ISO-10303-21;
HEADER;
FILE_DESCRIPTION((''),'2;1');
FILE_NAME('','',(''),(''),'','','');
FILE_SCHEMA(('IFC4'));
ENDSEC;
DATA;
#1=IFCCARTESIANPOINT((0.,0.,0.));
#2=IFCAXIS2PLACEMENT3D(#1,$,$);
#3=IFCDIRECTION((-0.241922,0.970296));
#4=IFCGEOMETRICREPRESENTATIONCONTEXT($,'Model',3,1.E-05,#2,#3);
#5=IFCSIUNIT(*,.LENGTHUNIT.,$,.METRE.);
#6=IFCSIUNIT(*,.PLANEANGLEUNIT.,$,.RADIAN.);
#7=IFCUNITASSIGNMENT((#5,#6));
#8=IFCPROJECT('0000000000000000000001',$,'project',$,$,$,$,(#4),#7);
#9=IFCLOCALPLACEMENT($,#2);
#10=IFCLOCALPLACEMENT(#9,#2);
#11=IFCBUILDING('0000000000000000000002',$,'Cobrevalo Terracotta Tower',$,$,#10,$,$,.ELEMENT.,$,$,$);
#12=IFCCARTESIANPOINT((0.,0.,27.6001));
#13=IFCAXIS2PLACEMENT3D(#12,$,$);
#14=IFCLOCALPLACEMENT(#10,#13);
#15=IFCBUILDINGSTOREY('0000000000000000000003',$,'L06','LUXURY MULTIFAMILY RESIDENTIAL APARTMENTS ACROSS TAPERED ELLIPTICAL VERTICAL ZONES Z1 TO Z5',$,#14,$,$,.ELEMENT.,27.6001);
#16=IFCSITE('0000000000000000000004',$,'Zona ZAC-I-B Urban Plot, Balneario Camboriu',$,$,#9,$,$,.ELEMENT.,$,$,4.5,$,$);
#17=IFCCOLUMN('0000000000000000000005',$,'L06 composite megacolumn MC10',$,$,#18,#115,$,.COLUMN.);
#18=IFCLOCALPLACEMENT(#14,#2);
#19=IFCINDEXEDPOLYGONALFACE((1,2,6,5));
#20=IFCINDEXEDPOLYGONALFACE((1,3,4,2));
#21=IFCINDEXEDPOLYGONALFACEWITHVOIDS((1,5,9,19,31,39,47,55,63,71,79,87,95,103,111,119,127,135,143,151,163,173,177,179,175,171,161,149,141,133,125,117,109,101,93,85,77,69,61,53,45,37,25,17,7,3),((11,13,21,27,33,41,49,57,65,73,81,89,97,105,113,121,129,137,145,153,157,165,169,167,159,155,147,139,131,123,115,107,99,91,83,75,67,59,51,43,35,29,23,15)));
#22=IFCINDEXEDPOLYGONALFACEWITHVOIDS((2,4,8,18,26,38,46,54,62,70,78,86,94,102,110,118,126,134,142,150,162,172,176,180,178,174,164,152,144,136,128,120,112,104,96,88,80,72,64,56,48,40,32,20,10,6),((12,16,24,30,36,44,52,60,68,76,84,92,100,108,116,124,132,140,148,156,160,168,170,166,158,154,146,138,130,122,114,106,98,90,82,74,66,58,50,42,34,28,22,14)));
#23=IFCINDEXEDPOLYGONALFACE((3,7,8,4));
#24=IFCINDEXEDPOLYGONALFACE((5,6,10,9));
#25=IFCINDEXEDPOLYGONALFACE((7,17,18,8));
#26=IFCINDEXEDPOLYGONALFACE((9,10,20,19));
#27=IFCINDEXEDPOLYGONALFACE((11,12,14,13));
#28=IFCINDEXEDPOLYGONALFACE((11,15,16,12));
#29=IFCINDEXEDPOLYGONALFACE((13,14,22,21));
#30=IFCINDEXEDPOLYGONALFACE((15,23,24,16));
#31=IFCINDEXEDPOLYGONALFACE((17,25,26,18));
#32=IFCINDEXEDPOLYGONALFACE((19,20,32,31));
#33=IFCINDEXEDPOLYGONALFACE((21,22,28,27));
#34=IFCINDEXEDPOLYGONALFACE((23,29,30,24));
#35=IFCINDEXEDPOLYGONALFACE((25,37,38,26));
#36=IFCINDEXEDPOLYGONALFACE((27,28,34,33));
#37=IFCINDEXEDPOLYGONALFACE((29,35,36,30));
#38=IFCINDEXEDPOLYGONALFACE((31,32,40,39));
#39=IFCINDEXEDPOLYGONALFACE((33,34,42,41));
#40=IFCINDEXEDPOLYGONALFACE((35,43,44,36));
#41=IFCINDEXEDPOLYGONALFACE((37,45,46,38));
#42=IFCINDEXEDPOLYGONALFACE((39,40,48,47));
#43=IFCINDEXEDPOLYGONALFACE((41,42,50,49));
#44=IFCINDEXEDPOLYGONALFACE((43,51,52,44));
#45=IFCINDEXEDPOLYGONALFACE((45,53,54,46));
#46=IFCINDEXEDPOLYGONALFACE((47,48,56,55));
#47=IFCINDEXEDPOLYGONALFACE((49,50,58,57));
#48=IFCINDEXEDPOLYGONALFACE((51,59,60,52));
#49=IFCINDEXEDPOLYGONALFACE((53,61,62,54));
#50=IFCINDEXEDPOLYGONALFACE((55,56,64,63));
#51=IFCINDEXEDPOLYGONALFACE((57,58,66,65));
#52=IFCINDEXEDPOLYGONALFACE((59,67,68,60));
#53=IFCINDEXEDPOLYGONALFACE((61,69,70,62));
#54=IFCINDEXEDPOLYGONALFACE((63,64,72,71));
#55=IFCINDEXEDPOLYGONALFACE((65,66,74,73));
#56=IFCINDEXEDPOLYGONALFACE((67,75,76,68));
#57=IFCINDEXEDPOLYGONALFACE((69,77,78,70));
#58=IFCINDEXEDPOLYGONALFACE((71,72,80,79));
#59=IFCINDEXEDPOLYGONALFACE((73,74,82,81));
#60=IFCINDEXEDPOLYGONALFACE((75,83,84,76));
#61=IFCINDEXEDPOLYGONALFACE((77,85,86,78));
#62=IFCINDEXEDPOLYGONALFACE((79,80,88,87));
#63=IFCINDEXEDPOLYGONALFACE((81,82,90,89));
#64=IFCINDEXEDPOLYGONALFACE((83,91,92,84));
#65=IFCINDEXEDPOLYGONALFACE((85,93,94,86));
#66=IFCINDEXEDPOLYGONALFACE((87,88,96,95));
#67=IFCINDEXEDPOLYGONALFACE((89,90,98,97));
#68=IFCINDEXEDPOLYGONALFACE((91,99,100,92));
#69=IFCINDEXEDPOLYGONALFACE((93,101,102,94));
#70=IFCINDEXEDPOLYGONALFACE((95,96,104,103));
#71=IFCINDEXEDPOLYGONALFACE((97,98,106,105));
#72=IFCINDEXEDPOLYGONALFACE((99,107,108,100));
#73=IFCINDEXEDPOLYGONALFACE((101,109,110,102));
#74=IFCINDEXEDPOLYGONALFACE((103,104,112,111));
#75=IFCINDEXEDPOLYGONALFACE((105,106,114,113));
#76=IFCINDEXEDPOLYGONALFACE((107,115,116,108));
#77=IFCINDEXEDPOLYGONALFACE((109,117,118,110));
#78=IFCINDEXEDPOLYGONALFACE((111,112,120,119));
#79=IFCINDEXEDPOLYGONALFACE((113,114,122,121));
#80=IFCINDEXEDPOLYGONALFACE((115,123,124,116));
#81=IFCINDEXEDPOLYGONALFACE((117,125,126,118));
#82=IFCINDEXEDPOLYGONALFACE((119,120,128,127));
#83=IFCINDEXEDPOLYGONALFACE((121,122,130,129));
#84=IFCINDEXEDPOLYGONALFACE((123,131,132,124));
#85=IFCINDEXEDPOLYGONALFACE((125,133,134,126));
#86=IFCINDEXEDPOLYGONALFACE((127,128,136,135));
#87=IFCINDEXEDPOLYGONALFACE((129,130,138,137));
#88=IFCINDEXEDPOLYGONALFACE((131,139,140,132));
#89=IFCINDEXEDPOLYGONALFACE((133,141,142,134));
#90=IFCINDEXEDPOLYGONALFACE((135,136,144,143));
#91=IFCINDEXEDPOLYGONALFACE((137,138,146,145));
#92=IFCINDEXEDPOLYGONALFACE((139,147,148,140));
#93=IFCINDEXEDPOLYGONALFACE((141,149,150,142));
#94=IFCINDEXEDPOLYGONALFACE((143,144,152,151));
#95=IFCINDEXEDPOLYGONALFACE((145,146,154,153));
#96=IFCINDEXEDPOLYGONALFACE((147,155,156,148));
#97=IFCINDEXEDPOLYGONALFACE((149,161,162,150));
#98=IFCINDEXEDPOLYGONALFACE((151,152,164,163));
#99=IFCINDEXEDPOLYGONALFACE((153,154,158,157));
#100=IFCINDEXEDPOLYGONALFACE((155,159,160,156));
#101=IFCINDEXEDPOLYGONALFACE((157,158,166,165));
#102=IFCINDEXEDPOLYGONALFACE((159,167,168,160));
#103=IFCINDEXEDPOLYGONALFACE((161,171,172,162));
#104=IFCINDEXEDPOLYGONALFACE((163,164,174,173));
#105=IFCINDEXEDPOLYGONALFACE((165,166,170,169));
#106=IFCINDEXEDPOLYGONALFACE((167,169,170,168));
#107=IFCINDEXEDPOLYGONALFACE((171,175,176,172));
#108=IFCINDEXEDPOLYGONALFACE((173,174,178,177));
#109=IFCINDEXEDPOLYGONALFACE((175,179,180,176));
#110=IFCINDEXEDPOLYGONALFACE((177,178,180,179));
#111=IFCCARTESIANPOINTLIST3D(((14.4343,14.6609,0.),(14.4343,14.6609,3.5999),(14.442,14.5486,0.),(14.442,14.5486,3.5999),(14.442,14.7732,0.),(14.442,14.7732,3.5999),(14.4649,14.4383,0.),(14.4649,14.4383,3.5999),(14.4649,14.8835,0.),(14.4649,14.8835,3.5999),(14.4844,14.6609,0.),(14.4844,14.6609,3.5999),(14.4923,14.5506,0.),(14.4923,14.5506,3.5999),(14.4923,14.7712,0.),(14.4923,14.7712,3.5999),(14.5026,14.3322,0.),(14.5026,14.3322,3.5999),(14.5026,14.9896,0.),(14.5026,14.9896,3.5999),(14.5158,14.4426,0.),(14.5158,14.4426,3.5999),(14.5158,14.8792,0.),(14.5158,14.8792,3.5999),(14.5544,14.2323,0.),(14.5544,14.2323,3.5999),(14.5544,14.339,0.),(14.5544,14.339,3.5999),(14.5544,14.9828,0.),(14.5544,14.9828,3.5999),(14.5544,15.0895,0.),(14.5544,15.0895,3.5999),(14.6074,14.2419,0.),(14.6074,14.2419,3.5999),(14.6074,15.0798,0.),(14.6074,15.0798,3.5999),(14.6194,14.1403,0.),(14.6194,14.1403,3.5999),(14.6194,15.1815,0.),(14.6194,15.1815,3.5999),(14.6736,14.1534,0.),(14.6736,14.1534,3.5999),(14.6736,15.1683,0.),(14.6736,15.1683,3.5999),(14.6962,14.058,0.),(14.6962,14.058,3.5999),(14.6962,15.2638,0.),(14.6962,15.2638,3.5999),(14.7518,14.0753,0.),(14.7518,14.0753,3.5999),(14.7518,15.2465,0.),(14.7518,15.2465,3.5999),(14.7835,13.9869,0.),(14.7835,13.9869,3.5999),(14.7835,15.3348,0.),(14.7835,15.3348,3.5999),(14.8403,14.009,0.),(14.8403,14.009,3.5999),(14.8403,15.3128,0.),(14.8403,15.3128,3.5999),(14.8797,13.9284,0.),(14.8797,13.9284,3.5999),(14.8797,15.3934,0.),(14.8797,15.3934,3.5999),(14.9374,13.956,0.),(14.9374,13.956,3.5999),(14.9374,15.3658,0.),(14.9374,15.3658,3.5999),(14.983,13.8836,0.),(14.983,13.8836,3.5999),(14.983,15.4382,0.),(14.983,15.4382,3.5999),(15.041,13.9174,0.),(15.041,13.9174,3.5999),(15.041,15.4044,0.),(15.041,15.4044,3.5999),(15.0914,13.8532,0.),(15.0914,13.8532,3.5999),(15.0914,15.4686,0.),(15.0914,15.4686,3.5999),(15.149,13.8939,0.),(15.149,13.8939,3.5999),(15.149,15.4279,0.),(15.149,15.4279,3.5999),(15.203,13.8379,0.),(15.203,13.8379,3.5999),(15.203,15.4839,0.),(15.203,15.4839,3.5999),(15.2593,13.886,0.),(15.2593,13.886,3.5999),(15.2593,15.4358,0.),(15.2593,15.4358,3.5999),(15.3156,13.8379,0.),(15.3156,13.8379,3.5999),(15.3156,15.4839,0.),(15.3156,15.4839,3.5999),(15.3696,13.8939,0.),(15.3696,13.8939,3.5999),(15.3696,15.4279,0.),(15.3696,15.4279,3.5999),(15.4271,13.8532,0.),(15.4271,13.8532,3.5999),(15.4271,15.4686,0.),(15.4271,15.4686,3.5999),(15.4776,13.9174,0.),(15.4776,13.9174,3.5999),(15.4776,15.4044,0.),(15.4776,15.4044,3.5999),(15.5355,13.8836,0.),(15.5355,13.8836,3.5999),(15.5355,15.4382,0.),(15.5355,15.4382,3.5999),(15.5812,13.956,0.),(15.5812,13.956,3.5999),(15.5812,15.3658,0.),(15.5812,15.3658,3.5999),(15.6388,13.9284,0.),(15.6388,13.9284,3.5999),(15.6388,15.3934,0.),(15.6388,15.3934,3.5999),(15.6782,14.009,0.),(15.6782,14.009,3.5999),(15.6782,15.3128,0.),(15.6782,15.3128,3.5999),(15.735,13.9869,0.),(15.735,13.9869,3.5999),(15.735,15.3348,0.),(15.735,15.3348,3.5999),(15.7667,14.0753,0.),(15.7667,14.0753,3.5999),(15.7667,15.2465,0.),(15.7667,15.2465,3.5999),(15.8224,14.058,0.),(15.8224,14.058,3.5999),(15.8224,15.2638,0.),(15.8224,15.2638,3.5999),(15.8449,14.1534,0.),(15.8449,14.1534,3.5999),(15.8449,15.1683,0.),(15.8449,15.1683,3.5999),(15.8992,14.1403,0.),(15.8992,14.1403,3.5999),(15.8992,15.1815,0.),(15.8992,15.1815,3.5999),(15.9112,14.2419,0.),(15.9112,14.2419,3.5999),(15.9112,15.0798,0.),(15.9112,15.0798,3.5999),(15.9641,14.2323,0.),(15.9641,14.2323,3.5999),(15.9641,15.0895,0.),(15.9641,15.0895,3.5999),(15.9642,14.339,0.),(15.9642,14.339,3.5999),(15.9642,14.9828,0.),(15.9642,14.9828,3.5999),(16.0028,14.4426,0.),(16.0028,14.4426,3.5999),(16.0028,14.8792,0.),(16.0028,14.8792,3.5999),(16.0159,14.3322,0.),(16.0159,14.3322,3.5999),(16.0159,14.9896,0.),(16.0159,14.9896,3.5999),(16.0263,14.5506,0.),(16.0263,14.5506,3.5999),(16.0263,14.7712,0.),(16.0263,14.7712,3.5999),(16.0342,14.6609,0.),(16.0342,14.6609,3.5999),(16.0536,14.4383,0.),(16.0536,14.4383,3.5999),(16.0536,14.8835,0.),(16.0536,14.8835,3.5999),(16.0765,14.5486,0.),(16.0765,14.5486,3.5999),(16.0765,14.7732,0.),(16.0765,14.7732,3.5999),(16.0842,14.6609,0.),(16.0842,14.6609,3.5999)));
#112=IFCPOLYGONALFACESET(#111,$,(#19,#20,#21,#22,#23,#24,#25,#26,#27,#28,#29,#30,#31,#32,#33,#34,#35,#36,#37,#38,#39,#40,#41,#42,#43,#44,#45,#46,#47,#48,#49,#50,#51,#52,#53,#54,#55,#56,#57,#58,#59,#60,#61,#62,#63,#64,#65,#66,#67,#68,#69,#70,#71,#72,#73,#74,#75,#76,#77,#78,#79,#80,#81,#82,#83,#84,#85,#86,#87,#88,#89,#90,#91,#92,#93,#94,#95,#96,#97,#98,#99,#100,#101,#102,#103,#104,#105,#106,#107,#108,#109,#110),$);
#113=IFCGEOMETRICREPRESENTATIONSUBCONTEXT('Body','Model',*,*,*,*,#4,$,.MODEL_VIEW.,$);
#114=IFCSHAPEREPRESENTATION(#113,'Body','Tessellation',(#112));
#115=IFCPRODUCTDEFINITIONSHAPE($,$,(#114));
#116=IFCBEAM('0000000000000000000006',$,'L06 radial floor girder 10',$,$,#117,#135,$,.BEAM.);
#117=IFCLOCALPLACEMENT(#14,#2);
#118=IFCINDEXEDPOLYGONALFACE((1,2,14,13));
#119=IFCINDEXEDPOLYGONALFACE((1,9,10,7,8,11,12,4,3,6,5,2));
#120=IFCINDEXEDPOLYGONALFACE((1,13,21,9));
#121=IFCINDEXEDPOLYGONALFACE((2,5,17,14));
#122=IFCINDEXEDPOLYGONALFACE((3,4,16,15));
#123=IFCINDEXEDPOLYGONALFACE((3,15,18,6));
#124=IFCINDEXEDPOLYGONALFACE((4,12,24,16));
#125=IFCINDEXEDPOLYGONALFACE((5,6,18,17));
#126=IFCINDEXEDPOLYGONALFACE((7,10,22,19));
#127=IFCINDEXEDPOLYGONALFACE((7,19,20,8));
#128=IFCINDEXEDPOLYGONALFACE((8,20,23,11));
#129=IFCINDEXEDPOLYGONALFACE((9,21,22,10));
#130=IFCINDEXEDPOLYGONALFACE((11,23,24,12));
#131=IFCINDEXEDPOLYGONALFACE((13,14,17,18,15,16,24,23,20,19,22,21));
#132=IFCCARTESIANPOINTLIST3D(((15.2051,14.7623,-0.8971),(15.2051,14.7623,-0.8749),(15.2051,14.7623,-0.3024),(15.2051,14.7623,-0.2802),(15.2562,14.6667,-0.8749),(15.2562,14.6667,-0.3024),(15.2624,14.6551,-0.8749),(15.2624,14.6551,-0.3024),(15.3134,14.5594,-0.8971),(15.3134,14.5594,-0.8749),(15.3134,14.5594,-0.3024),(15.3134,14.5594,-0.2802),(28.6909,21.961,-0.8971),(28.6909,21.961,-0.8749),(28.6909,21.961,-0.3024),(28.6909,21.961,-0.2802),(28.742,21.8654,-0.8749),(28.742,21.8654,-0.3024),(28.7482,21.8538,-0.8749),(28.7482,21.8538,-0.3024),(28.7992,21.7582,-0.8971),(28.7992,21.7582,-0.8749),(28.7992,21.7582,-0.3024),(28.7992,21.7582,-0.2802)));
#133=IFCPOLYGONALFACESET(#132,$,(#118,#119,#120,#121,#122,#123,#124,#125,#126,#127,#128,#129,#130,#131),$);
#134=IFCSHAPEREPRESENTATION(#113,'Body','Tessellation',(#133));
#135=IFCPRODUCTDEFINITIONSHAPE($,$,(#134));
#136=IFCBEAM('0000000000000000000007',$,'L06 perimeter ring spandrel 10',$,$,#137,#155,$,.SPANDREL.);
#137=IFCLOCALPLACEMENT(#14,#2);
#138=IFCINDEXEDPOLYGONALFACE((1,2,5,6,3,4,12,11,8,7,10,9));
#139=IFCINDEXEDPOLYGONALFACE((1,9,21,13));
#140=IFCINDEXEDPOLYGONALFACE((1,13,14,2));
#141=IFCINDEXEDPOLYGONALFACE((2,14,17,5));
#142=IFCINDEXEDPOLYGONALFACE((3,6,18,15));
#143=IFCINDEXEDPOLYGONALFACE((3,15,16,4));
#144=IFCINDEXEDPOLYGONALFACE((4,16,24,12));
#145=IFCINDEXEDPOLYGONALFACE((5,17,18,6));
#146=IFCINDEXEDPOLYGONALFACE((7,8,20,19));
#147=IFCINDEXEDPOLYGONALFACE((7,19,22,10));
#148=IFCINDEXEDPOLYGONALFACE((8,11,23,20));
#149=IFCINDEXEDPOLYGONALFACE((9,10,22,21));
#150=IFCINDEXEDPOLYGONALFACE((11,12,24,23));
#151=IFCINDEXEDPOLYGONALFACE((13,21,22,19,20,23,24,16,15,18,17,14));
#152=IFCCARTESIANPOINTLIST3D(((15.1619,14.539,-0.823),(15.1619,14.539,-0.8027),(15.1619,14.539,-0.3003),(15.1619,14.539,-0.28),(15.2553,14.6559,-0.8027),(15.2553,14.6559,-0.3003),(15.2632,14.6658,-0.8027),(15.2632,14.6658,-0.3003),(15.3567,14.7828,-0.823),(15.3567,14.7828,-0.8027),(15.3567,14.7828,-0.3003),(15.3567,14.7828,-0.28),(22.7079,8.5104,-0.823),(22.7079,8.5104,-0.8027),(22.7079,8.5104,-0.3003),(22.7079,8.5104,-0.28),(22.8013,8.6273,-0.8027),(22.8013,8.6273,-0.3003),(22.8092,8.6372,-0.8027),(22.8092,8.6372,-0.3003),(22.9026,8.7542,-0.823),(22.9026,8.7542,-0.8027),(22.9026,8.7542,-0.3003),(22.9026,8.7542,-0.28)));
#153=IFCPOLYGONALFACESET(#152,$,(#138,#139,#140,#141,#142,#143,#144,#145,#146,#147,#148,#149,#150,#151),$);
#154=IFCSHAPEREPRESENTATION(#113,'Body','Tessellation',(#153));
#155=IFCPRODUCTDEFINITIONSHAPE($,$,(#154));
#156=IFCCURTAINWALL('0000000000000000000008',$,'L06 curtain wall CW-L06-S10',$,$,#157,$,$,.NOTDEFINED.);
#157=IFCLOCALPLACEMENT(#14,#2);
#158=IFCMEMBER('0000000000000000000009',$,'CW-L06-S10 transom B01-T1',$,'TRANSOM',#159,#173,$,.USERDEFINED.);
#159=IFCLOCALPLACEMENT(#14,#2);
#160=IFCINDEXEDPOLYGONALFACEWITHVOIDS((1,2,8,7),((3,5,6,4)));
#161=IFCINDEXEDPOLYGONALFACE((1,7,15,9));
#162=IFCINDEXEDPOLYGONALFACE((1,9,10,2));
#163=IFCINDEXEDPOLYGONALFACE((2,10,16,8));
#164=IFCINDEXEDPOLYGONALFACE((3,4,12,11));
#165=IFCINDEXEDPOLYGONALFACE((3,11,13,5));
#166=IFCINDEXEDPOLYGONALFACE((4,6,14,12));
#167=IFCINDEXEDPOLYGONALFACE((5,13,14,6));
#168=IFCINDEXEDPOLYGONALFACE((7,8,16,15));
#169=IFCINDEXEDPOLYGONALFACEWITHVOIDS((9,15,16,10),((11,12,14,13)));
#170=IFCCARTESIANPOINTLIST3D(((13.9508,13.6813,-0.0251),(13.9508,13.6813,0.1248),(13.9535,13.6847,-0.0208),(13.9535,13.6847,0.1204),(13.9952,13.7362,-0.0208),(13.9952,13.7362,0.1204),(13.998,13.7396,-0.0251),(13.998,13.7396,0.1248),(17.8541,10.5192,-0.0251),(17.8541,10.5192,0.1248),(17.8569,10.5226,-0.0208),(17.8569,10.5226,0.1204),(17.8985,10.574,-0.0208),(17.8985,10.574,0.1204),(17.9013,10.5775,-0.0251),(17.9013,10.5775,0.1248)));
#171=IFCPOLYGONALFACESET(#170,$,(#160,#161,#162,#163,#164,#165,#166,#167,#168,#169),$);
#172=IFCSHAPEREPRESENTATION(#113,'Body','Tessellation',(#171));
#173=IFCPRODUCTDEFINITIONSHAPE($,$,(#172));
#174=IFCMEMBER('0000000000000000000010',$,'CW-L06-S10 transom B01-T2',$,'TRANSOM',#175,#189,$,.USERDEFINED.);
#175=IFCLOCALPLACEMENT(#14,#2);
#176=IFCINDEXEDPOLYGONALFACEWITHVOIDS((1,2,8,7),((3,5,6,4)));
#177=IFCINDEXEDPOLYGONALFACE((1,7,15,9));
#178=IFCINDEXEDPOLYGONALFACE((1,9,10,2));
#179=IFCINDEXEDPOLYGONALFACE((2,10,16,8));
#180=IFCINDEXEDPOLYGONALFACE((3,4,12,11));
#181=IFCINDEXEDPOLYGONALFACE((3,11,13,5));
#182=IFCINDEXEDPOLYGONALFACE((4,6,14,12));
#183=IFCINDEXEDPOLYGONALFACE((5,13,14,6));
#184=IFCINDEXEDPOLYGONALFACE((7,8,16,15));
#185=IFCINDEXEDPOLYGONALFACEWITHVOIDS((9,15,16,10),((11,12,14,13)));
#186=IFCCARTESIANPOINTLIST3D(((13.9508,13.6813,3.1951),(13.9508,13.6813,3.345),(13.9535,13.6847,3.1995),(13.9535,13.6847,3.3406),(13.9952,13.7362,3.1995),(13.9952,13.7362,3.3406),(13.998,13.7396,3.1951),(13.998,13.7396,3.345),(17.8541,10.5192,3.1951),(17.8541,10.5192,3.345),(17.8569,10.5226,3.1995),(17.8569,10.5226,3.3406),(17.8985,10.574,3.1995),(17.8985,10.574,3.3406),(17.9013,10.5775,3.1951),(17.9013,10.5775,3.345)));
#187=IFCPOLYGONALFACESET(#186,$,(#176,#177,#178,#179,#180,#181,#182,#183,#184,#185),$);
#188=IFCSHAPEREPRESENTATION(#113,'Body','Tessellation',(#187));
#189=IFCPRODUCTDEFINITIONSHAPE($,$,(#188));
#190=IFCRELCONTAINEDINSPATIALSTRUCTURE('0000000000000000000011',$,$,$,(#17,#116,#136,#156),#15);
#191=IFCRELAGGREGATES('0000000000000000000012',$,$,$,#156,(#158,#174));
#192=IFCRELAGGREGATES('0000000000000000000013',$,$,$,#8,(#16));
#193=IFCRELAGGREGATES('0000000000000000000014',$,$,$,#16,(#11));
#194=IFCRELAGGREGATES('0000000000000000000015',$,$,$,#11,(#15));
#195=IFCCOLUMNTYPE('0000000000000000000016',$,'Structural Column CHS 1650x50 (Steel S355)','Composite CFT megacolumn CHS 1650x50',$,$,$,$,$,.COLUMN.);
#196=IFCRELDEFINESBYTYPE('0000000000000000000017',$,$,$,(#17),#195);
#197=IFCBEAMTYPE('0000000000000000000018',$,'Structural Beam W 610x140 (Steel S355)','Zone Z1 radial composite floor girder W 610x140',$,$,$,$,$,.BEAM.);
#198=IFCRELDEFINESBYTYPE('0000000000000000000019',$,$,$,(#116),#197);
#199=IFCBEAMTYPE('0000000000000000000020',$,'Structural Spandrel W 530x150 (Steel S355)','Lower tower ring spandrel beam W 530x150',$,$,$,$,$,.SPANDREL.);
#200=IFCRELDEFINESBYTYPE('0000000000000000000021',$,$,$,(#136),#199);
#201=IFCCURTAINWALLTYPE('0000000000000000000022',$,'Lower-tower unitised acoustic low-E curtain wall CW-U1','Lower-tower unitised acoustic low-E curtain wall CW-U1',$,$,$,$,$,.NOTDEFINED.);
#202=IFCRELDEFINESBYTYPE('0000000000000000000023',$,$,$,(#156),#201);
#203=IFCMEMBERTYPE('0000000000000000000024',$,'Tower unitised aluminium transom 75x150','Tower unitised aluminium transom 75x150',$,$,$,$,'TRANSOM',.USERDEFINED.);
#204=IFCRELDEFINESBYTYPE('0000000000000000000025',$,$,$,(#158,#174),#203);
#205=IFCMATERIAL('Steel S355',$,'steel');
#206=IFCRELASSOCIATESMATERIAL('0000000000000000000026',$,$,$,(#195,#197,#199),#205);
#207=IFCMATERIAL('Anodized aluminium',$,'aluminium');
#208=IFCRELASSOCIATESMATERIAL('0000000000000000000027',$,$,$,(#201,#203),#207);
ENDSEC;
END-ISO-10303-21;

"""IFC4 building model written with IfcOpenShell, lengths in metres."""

from ifc_helpers import new_model, si_unit, direction, frame, origin, origin_2d, place, context, subcontext, project, spatial, hollow_rectangle, hollow_circle, i_section, extrude, source, transform, mapped, material, material_profile, profile_set, type_object, element, aggregate, save


model = new_model("IFC4")

# Units and contexts
model_context = context("Model", 3, precision=1e-05, world=origin(), true_north=direction((-0.241922, 0.970296)))
body_context = subcontext(model_context, "Body", "Model", "MODEL_VIEW")
ifc_project = project(units=[si_unit("LENGTHUNIT", "METRE"), si_unit("PLANEANGLEUNIT", "RADIAN")], contexts=[model_context])

# Site, building, storey
site_placement = place(None, origin())
site = spatial("IfcSite", under=ifc_project, at=site_placement, Name="Zona ZAC-I-B Urban Plot, Balneario Camboriu", CompositionType="ELEMENT", RefElevation=4.5)
building_placement = place(site_placement, origin())
building = spatial("IfcBuilding", under=site, at=building_placement, Name="Cobrevalo Terracotta Tower", CompositionType="ELEMENT")
storey_placement = place(building_placement, frame((0.0, 0.0, 27.6001)))
storey = spatial("IfcBuildingStorey", under=building, at=storey_placement, Name="L06", Description="LUXURY MULTIFAMILY RESIDENTIAL APARTMENTS ACROSS TAPERED ELLIPTICAL VERTICAL ZONES Z1 TO Z5", CompositionType="ELEMENT", Elevation=27.6001)

# Column
ifc_material_1 = material(Name="Steel S355", Category="steel")
ifc_material_profile_1 = material_profile(ifc_material_1, hollow_circle(Radius=0.825, WallThickness=0.05, at=origin_2d()), Name="CHS 1650x50")
ifc_profile_set_1 = profile_set([ifc_material_profile_1], Name="Steel S355")
column_type = type_object("IfcColumnType", Name="Structural Column CHS 1650x50 (Steel S355)", Description="Composite CFT megacolumn CHS 1650x50", PredefinedType="COLUMN", material=ifc_profile_set_1)
column_placement = place(storey_placement, frame((15.2593, 14.6609, 0.0), z_axis=(0.0, 0.0, 1.0), x_axis=(1.0, 0.0, 0.0)))
element("IfcColumn", 1, at=column_placement, inside=storey, type_object=column_type, Name="L06 composite megacolumn MC10", PredefinedType="COLUMN", context=body_context, shape_type="SweptSolid", body=[
    extrude(hollow_circle(Radius=0.825, WallThickness=0.05, at=origin_2d()), origin(), (0.0, 0.0, 1.0), 3.5999),
])

# Beams
ifc_material_profile_2 = material_profile(ifc_material_1, i_section(OverallWidth=0.23, OverallDepth=0.6169, WebThickness=0.0132, FlangeThickness=0.0222, at=origin_2d()), Name="W 610x140")
ifc_profile_set_2 = profile_set([ifc_material_profile_2], Name="Steel S355")
beam_type_1 = type_object("IfcBeamType", Name="Structural Beam W 610x140 (Steel S355)", Description="Zone Z1 radial composite floor girder W 610x140", PredefinedType="BEAM", material=ifc_profile_set_2)
beam_1_placement = place(storey_placement, frame((15.2593, 14.6609, -0.5886), z_axis=(0.882182, 0.470908, 0.0), x_axis=(-0.470908, 0.882182, 0.0)))
element("IfcBeam", 2, at=beam_1_placement, inside=storey, type_object=beam_type_1, Name="L06 radial floor girder 10", PredefinedType="BEAM", context=body_context, shape_type="SweptSolid", body=[
    extrude(i_section(OverallWidth=0.23, OverallDepth=0.6169, WebThickness=0.0132, FlangeThickness=0.0222, at=origin_2d()), origin(), (0.0, 0.0, 1.0), 15.2869),
])
ifc_material_profile_3 = material_profile(ifc_material_1, i_section(OverallWidth=0.312, OverallDepth=0.543, WebThickness=0.0127, FlangeThickness=0.0203, at=origin_2d()), Name="W 530x150")
ifc_profile_set_3 = profile_set([ifc_material_profile_3], Name="Steel S355")
beam_type_2 = type_object("IfcBeamType", Name="Structural Spandrel W 530x150 (Steel S355)", Description="Lower tower ring spandrel beam W 530x150", PredefinedType="SPANDREL", material=ifc_profile_set_3)
beam_2_placement = place(storey_placement, frame((15.2593, 14.6609, -0.5515), z_axis=(0.78128, -0.62418, 0.0), x_axis=(0.62418, 0.78128, 0.0)))
element("IfcBeam", 3, at=beam_2_placement, inside=storey, type_object=beam_type_2, Name="L06 perimeter ring spandrel 10", PredefinedType="SPANDREL", context=body_context, shape_type="SweptSolid", body=[
    extrude(i_section(OverallWidth=0.312, OverallDepth=0.543, WebThickness=0.0127, FlangeThickness=0.0203, at=origin_2d()), origin(), (0.0, 0.0, 1.0), 9.6584),
])

# Curtain wall, members
ifc_material_2 = material(Name="Anodized aluminium", Category="aluminium")
curtain_wall_type = type_object("IfcCurtainWallType", Name="Lower-tower unitised acoustic low-E curtain wall CW-U1", Description="Lower-tower unitised acoustic low-E curtain wall CW-U1", PredefinedType="NOTDEFINED", material=ifc_material_2)
curtain_wall_1_placement = place(storey_placement, origin())
curtain_wall_1 = element("IfcCurtainWall", 4, at=curtain_wall_1_placement, inside=storey, type_object=curtain_wall_type, Name="L06 curtain wall CW-L06-S10", PredefinedType="NOTDEFINED")
ifc_material_profile_4 = material_profile(ifc_material_2, hollow_rectangle(XDim=0.075, YDim=0.1499, WallThickness=0.0044, at=origin_2d()), Name="CWT 75x150")
ifc_profile_set_4 = profile_set([ifc_material_profile_4], Name="Anodized aluminium")
member_type_1 = type_object("IfcMemberType", Name="Tower unitised aluminium transom 75x150", Description="Tower unitised aluminium transom 75x150", ElementType="TRANSOM", PredefinedType="USERDEFINED", material=ifc_profile_set_4)
shared_shape_1 = source(origin(), body_context, "Body", "SweptSolid", [
    extrude(hollow_rectangle(XDim=0.075, YDim=0.1499, WallThickness=0.0044, at=origin_2d()), origin(), (0.0, 0.0, 1.0), 5.0234),
])
member_1_placement = place(storey_placement, frame((13.9744, 13.7104, 0.0498), z_axis=(0.777023, -0.629472, 0.0), x_axis=(0.629472, 0.777023, 0.0)))
member_1 = element("IfcMember", 5, at=member_1_placement, type_object=member_type_1, Name="CW-L06-S10 transom B01-T1", ObjectType="TRANSOM", PredefinedType="USERDEFINED", context=body_context, shape_type="MappedRepresentation", body=[
    mapped(shared_shape_1, transform((0.0, 0.0, 0.0), scale=1.0)),
])
member_2_placement = place(storey_placement, frame((13.9744, 13.7104, 3.27), z_axis=(0.777023, -0.629472, 0.0), x_axis=(0.629472, 0.777023, 0.0)))
member_2 = element("IfcMember", 6, at=member_2_placement, type_object=member_type_1, Name="CW-L06-S10 transom B01-T2", ObjectType="TRANSOM", PredefinedType="USERDEFINED", context=body_context, shape_type="MappedRepresentation", body=[
    mapped(shared_shape_1, transform((0.0, 0.0, 0.0), scale=1.0)),
])

aggregate(curtain_wall_1, [member_1, member_2])

save(model, "model.ifc")
